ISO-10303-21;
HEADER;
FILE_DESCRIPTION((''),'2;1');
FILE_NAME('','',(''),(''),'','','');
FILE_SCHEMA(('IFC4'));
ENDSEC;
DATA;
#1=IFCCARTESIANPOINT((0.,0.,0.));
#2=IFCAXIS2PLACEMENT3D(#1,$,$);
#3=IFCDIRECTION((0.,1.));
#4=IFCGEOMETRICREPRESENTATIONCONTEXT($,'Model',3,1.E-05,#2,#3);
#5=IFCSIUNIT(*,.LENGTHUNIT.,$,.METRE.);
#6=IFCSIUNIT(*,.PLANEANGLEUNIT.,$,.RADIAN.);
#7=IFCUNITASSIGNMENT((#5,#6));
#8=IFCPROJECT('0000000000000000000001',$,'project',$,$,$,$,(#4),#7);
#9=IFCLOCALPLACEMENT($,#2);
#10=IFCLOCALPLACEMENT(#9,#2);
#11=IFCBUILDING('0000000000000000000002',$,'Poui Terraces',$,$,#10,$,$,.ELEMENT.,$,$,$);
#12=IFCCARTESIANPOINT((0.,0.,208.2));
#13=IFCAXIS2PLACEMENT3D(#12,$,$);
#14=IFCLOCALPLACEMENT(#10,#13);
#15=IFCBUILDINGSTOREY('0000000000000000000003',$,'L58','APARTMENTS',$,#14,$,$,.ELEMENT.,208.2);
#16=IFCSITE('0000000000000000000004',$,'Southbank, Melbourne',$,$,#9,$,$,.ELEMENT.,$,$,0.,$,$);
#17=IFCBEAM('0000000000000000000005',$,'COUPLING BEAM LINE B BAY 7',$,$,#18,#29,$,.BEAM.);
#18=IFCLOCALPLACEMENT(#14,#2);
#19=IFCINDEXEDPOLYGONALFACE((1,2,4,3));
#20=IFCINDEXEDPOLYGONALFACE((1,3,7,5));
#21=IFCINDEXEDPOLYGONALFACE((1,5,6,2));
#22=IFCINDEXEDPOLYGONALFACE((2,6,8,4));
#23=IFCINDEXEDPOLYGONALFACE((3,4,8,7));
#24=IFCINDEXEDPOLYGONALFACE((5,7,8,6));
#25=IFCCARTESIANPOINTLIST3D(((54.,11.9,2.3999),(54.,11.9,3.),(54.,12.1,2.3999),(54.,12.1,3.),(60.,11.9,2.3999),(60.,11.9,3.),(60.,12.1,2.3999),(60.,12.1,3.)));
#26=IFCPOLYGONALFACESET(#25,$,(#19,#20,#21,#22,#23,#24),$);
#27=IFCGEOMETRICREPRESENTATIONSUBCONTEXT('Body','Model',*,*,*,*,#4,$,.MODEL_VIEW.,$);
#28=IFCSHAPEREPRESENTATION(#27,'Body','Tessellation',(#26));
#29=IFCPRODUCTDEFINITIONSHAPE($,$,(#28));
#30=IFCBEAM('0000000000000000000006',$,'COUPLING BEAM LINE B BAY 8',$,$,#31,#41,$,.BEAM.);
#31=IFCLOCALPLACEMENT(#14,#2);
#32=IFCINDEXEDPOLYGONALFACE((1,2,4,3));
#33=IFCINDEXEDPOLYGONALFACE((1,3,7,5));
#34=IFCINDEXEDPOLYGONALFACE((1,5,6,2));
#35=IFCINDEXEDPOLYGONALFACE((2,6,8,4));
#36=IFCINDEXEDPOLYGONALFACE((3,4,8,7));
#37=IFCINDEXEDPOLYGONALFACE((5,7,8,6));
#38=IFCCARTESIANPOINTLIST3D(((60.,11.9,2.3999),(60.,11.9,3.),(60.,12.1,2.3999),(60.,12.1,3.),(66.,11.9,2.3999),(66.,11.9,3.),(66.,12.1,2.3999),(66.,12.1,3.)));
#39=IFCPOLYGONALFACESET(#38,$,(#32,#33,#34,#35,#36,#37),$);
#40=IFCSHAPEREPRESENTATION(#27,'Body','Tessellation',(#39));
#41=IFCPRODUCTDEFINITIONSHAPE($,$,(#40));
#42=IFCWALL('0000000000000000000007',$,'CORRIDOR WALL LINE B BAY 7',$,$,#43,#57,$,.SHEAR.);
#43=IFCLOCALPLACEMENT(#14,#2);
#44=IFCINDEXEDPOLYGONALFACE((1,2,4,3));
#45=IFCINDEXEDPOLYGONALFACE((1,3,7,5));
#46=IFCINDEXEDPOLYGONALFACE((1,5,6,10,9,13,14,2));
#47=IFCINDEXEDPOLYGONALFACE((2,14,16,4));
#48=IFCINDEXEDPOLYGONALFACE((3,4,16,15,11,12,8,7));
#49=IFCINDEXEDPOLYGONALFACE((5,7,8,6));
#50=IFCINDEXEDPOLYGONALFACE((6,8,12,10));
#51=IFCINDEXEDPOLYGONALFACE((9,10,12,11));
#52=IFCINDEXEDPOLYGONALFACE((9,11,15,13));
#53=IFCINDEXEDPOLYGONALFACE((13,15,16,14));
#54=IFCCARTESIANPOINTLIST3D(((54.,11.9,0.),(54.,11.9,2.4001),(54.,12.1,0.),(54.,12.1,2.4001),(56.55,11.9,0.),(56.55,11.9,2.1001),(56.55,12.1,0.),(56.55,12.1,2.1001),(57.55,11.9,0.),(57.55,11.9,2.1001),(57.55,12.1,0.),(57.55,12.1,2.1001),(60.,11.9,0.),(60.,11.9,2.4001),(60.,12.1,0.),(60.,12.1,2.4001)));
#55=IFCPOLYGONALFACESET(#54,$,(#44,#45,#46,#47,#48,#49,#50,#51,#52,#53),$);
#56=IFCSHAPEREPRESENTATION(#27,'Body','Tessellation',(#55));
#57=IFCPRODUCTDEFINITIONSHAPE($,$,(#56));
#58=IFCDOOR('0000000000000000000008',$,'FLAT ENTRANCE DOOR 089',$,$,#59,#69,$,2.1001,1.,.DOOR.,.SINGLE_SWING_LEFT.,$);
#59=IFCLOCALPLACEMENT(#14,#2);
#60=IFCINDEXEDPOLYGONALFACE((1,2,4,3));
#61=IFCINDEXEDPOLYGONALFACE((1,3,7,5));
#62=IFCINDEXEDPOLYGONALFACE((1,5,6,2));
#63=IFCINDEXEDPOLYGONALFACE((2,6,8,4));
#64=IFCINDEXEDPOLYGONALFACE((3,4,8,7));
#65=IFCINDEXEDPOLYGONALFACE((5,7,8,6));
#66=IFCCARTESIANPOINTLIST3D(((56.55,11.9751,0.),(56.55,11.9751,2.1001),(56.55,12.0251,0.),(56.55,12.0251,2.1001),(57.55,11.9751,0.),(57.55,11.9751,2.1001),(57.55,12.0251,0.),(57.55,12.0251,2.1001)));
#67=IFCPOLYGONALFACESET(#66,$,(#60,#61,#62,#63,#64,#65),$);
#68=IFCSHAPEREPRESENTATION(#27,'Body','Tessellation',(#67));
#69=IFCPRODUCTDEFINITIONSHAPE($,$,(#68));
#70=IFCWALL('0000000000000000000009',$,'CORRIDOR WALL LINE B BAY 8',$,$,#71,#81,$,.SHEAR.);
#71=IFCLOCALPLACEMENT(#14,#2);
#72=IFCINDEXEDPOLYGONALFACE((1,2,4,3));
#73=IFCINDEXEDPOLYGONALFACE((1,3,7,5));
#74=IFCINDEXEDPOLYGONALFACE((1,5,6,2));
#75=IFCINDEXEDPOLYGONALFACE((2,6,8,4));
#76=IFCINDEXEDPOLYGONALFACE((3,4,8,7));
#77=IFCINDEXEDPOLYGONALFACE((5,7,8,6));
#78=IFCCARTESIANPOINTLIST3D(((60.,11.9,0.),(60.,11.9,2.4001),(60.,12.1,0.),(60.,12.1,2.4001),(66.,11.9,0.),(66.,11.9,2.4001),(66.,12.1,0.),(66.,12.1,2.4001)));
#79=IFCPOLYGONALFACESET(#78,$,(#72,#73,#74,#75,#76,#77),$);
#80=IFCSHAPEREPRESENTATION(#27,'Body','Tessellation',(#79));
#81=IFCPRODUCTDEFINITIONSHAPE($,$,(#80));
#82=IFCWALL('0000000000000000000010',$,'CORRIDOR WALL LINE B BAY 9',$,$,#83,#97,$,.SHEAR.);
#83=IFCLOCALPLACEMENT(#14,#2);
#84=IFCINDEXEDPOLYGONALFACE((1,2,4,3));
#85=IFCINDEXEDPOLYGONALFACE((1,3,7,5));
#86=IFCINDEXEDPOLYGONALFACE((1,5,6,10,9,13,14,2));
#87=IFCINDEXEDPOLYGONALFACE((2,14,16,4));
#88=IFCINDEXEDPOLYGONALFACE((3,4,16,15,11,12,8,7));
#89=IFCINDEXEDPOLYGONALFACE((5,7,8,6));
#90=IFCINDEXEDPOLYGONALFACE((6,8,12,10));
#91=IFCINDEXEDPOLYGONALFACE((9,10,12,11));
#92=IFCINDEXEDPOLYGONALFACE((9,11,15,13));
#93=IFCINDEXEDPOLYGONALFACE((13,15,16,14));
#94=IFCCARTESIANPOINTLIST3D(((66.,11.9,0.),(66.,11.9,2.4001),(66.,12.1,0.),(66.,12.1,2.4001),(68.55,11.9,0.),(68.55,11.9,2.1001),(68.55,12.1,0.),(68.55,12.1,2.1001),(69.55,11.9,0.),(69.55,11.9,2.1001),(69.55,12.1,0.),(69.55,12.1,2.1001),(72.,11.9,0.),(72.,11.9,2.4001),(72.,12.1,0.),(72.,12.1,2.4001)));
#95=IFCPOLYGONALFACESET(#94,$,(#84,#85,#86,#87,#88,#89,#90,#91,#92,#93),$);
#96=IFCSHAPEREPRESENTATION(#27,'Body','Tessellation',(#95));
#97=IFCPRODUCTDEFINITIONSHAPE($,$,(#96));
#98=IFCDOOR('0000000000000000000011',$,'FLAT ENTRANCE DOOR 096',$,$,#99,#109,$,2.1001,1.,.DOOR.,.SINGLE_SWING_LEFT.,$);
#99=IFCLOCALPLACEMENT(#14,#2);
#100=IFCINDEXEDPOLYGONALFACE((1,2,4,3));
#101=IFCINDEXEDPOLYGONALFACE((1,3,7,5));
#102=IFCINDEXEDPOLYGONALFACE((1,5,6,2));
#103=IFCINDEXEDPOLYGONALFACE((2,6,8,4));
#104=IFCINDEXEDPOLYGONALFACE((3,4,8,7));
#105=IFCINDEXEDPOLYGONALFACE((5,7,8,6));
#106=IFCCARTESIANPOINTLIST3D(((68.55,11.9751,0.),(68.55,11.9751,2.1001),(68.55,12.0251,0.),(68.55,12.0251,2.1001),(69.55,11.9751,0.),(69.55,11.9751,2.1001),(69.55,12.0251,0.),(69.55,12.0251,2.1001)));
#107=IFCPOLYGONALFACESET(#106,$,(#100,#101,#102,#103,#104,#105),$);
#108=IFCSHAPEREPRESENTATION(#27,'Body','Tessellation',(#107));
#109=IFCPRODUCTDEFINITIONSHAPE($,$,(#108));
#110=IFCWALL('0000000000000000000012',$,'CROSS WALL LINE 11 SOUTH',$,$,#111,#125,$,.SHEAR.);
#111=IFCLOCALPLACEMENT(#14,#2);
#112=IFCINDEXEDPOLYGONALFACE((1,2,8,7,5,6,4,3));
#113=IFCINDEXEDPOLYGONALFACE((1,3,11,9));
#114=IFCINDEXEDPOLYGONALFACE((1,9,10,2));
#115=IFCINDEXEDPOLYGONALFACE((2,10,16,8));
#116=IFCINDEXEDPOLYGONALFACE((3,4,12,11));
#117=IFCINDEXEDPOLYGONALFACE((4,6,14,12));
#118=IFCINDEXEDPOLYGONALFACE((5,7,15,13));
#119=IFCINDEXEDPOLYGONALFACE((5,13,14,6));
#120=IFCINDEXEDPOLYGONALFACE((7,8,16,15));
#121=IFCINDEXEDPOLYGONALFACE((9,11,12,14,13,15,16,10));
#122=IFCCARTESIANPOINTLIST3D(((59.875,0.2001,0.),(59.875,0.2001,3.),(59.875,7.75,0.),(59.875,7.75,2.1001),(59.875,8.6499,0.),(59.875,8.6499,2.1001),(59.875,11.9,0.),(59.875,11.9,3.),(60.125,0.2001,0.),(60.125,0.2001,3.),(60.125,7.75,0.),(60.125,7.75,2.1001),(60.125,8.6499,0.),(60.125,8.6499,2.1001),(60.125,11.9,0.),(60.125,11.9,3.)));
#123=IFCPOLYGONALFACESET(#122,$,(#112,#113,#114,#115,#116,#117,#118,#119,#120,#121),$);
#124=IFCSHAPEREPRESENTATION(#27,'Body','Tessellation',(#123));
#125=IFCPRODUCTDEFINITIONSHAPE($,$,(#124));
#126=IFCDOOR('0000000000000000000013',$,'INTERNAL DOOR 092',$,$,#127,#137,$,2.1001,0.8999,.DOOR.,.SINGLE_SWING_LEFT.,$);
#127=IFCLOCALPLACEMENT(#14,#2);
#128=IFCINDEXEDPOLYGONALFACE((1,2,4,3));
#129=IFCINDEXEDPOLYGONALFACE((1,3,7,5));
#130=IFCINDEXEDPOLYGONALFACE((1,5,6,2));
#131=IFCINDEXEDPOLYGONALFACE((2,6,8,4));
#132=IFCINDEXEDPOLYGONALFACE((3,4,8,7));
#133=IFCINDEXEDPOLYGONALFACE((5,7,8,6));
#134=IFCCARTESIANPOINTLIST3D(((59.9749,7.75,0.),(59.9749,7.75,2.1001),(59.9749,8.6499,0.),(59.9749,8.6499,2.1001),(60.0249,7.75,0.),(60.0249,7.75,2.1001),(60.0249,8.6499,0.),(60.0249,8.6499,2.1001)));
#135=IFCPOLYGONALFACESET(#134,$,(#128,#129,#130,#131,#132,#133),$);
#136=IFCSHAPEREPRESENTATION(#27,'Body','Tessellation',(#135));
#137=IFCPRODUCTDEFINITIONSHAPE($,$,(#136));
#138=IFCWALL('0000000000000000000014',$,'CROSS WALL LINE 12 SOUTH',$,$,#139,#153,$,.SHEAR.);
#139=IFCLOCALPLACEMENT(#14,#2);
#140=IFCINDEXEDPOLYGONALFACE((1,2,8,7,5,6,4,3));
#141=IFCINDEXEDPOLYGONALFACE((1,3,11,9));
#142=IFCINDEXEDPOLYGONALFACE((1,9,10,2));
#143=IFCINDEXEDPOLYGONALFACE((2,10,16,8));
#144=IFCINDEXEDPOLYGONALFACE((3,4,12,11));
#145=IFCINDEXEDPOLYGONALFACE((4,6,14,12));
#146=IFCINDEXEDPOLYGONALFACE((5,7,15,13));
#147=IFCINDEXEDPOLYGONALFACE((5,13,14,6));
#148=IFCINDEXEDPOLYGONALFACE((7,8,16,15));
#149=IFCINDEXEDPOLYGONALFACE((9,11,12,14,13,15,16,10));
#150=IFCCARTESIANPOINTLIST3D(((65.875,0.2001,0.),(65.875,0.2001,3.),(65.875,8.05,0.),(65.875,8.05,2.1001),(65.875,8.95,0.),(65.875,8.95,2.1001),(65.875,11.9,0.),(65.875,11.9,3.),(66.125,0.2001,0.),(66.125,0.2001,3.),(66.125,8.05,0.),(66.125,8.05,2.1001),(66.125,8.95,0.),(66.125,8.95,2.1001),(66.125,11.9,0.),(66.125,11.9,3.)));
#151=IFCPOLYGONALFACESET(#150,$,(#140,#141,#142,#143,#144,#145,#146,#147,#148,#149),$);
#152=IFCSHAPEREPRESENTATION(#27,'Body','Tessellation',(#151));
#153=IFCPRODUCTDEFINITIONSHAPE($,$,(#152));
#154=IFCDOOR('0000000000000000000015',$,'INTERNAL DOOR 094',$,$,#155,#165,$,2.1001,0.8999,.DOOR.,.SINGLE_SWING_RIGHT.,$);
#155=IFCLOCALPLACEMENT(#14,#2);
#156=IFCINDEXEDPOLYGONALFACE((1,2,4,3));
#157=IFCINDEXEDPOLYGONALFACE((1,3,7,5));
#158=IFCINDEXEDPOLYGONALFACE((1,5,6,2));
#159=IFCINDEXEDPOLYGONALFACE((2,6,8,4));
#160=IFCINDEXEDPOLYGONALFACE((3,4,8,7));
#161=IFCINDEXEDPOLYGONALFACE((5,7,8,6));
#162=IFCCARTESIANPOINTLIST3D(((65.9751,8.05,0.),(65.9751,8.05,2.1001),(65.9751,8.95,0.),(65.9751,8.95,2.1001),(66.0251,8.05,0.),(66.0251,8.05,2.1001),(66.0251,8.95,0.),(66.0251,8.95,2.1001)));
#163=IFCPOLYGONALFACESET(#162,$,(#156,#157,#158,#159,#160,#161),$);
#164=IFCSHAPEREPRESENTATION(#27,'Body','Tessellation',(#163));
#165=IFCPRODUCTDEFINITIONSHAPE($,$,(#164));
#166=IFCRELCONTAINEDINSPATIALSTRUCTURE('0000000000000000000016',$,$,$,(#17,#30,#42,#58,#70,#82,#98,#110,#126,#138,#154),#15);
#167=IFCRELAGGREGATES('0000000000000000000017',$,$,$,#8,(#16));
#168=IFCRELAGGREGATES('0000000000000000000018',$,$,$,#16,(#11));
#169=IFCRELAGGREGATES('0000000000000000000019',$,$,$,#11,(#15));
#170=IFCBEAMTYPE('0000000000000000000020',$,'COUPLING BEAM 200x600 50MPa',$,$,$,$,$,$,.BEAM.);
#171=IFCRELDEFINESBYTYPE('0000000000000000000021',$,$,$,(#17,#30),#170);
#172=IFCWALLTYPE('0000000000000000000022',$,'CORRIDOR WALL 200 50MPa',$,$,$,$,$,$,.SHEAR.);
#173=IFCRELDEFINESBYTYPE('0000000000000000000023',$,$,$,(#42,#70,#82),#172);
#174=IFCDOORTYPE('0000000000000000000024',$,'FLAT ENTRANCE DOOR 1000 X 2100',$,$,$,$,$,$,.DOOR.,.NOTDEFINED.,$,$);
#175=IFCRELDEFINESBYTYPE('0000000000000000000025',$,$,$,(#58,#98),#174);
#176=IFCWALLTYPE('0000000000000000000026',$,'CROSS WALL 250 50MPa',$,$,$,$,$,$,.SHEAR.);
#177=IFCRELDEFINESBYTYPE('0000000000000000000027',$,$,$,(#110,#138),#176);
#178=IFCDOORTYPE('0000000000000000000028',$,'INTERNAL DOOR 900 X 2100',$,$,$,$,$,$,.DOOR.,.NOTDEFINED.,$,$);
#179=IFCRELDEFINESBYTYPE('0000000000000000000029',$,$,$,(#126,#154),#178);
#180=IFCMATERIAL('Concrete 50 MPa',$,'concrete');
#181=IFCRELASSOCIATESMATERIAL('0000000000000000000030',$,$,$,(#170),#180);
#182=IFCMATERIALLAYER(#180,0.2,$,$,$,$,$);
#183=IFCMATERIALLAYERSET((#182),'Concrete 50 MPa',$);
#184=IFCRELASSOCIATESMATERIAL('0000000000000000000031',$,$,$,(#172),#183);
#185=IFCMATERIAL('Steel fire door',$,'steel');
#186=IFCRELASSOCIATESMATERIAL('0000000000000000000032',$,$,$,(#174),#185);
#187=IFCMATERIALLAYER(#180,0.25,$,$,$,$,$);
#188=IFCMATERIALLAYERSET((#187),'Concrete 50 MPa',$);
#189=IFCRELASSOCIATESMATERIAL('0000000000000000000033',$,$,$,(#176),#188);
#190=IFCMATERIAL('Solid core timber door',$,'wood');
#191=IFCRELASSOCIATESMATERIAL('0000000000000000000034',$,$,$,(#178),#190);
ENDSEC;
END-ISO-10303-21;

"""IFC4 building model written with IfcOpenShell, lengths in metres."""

from ifc_helpers import new_model, si_unit, direction, frame, frame_2d, origin, origin_2d, place, context, subcontext, project, spatial, rectangle, extrude, source, transform, mapped, material, layer, layer_set, material_profile, profile_set, type_object, element, fill, save


model = new_model("IFC4")

# Units and contexts
model_context = context("Model", 3, precision=1e-05, world=origin(), true_north=direction((0.0, 1.0)))
body_context = subcontext(model_context, "Body", "Model", "MODEL_VIEW")
ifc_project = project(units=[si_unit("LENGTHUNIT", "METRE"), si_unit("PLANEANGLEUNIT", "RADIAN")], contexts=[model_context])

# Site, building, storey
site_placement = place(None, origin())
site = spatial("IfcSite", under=ifc_project, at=site_placement, Name="Southbank, Melbourne", CompositionType="ELEMENT", RefElevation=0.0)
building_placement = place(site_placement, origin())
building = spatial("IfcBuilding", under=site, at=building_placement, Name="Poui Terraces", CompositionType="ELEMENT")
storey_placement = place(building_placement, frame((0.0, 0.0, 208.2)))
storey = spatial("IfcBuildingStorey", under=building, at=storey_placement, Name="L58", Description="APARTMENTS", CompositionType="ELEMENT", Elevation=208.2)

# Beams
ifc_material_1 = material(Name="Concrete 50 MPa", Category="concrete")
ifc_material_profile = material_profile(ifc_material_1, rectangle(XDim=0.2, YDim=0.6001, at=origin_2d()), Name="RC 200x600")
ifc_profile_set = profile_set([ifc_material_profile], Name="Concrete 50 MPa")
beam_type = type_object("IfcBeamType", Name="COUPLING BEAM 200x600 50MPa", PredefinedType="BEAM", material=ifc_profile_set)
shared_shape = source(origin(), body_context, "Body", "SweptSolid", [
    extrude(rectangle(XDim=0.2, YDim=0.6001, at=origin_2d()), origin(), (0.0, 0.0, 1.0), 6.0),
])
for number, where, z_axis, x_axis, name in (
    (1, (54.0, 12.0, 2.7), (1.0, 0.0, 0.0), (0.0, 1.0, 0.0), "COUPLING BEAM LINE B BAY 7"),
    (2, (60.0, 12.0, 2.7), (1.0, 0.0, 0.0), (0.0, 1.0, 0.0), "COUPLING BEAM LINE B BAY 8"),
):
    element("IfcBeam", number, at=place(storey_placement, frame(where, z_axis=z_axis, x_axis=x_axis)), inside=storey, type_object=beam_type, Name=name, PredefinedType="BEAM", context=body_context, shape_type="MappedRepresentation", body=[
        mapped(shared_shape, transform((0.0, 0.0, 0.0))),
    ])

# Wall, opening, door
ifc_layer_1 = layer(ifc_material_1, 0.2)
ifc_layer_set_1 = layer_set([ifc_layer_1], Name="Concrete 50 MPa")
wall_type_1 = type_object("IfcWallType", Name="CORRIDOR WALL 200 50MPa", PredefinedType="SHEAR", material=ifc_layer_set_1)
wall_1_placement = place(storey_placement, frame((54.0, 12.0, 0.0), z_axis=(0.0, 0.0, 1.0), x_axis=(1.0, 0.0, 0.0)))
wall_1 = element("IfcWall", 3, at=wall_1_placement, inside=storey, type_object=wall_type_1, Name="CORRIDOR WALL LINE B BAY 7", PredefinedType="SHEAR", context=body_context, shape_type="SweptSolid", body=[
    extrude(rectangle(XDim=6.0, YDim=0.2, at=frame_2d((3.0, 0.0))), origin(), (0.0, 0.0, 1.0), 2.4001),
])
opening_1_placement = place(wall_1_placement, frame((2.55, 0.0, 0.0)))
opening_1 = element("IfcOpeningElement", 4, at=opening_1_placement, cuts=wall_1, PredefinedType="OPENING", context=body_context, shape_type="SweptSolid", body=[
    extrude(rectangle(XDim=1.0, YDim=2.1001, at=frame_2d((0.5, 1.05))), frame((0.0, 0.1099, 0.0), z_axis=(0.0, -1.0, 0.0), x_axis=(1.0, 0.0, 0.0)), (0.0, 0.0, 1.0), 0.22),
])
ifc_material_2 = material(Name="Steel fire door", Category="steel")
door_type_1 = type_object("IfcDoorType", Name="FLAT ENTRANCE DOOR 1000 X 2100", OperationType="NOTDEFINED", PredefinedType="DOOR", material=ifc_material_2)
door_1_placement = place(opening_1_placement, frame((1.0, 0.0, 0.0), z_axis=(0.0, 0.0, 1.0), x_axis=(-1.0, 0.0, 0.0)))
door_1 = element("IfcDoor", 5, at=door_1_placement, inside=storey, type_object=door_type_1, Name="FLAT ENTRANCE DOOR 089", OperationType="SINGLE_SWING_LEFT", OverallHeight=2.1001, OverallWidth=1.0, PredefinedType="DOOR", context=body_context, shape_type="SweptSolid", body=[
    extrude(rectangle(XDim=1.0, YDim=2.1001, at=frame_2d((0.5, 1.05))), frame((0.0, 0.0249, 0.0), z_axis=(0.0, -1.0, 0.0), x_axis=(1.0, 0.0, 0.0)), (0.0, 0.0, 1.0), 0.05),
])
fill(opening_1, door_1)

# Wall
wall_2_placement = place(storey_placement, frame((60.0, 12.0, 0.0), z_axis=(0.0, 0.0, 1.0), x_axis=(1.0, 0.0, 0.0)))
element("IfcWall", 6, at=wall_2_placement, inside=storey, type_object=wall_type_1, Name="CORRIDOR WALL LINE B BAY 8", PredefinedType="SHEAR", context=body_context, shape_type="SweptSolid", body=[
    extrude(rectangle(XDim=6.0, YDim=0.2, at=frame_2d((3.0, 0.0))), origin(), (0.0, 0.0, 1.0), 2.4001),
])

# Walls, openings, doors
wall_3_placement = place(storey_placement, frame((66.0, 12.0, 0.0), z_axis=(0.0, 0.0, 1.0), x_axis=(1.0, 0.0, 0.0)))
wall_3 = element("IfcWall", 7, at=wall_3_placement, inside=storey, type_object=wall_type_1, Name="CORRIDOR WALL LINE B BAY 9", PredefinedType="SHEAR", context=body_context, shape_type="SweptSolid", body=[
    extrude(rectangle(XDim=6.0, YDim=0.2, at=frame_2d((3.0, 0.0))), origin(), (0.0, 0.0, 1.0), 2.4001),
])
opening_2_placement = place(wall_3_placement, frame((2.55, 0.0, 0.0)))
opening_2 = element("IfcOpeningElement", 8, at=opening_2_placement, cuts=wall_3, PredefinedType="OPENING", context=body_context, shape_type="SweptSolid", body=[
    extrude(rectangle(XDim=1.0, YDim=2.1001, at=frame_2d((0.5, 1.05))), frame((0.0, 0.1099, 0.0), z_axis=(0.0, -1.0, 0.0), x_axis=(1.0, 0.0, 0.0)), (0.0, 0.0, 1.0), 0.22),
])
door_2_placement = place(opening_2_placement, frame((1.0, 0.0, 0.0), z_axis=(0.0, 0.0, 1.0), x_axis=(-1.0, 0.0, 0.0)))
door_2 = element("IfcDoor", 9, at=door_2_placement, inside=storey, type_object=door_type_1, Name="FLAT ENTRANCE DOOR 096", OperationType="SINGLE_SWING_LEFT", OverallHeight=2.1001, OverallWidth=1.0, PredefinedType="DOOR", context=body_context, shape_type="SweptSolid", body=[
    extrude(rectangle(XDim=1.0, YDim=2.1001, at=frame_2d((0.5, 1.05))), frame((0.0, 0.0249, 0.0), z_axis=(0.0, -1.0, 0.0), x_axis=(1.0, 0.0, 0.0)), (0.0, 0.0, 1.0), 0.05),
])
fill(opening_2, door_2)
ifc_layer_2 = layer(ifc_material_1, 0.25)
ifc_layer_set_2 = layer_set([ifc_layer_2], Name="Concrete 50 MPa")
wall_type_2 = type_object("IfcWallType", Name="CROSS WALL 250 50MPa", PredefinedType="SHEAR", material=ifc_layer_set_2)
wall_4_placement = place(storey_placement, frame((60.0, 0.2, 0.0), z_axis=(0.0, 0.0, 1.0), x_axis=(0.0, 1.0, 0.0)))
wall_4 = element("IfcWall", 10, at=wall_4_placement, inside=storey, type_object=wall_type_2, Name="CROSS WALL LINE 11 SOUTH", PredefinedType="SHEAR", context=body_context, shape_type="SweptSolid", body=[
    extrude(rectangle(XDim=11.7, YDim=0.25, at=frame_2d((5.8501, 0.0))), origin(), (0.0, 0.0, 1.0), 3.0),
])
opening_3_placement = place(wall_4_placement, frame((7.55, 0.0, 0.0)))
opening_3 = element("IfcOpeningElement", 11, at=opening_3_placement, cuts=wall_4, PredefinedType="OPENING", context=body_context, shape_type="SweptSolid", body=[
    extrude(rectangle(XDim=0.8999, YDim=2.1001, at=frame_2d((0.45, 1.05))), frame((0.0, 0.135, 0.0), z_axis=(0.0, -1.0, 0.0), x_axis=(1.0, 0.0, 0.0)), (0.0, 0.0, 1.0), 0.27),
])
ifc_material_3 = material(Name="Solid core timber door", Category="wood")
door_type_2 = type_object("IfcDoorType", Name="INTERNAL DOOR 900 X 2100", OperationType="NOTDEFINED", PredefinedType="DOOR", material=ifc_material_3)
door_3_placement = place(opening_3_placement, frame((0.8999, 0.0, 0.0), z_axis=(0.0, 0.0, 1.0), x_axis=(-1.0, 0.0, 0.0)))
door_3 = element("IfcDoor", 12, at=door_3_placement, inside=storey, type_object=door_type_2, Name="INTERNAL DOOR 092", OperationType="SINGLE_SWING_LEFT", OverallHeight=2.1001, OverallWidth=0.8999, PredefinedType="DOOR", context=body_context, shape_type="SweptSolid", body=[
    extrude(rectangle(XDim=0.8999, YDim=2.1001, at=frame_2d((0.45, 1.05))), frame((0.0, 0.0249, 0.0), z_axis=(0.0, -1.0, 0.0), x_axis=(1.0, 0.0, 0.0)), (0.0, 0.0, 1.0), 0.05),
])
fill(opening_3, door_3)
wall_5_placement = place(storey_placement, frame((66.0, 0.2, 0.0), z_axis=(0.0, 0.0, 1.0), x_axis=(0.0, 1.0, 0.0)))
wall_5 = element("IfcWall", 13, at=wall_5_placement, inside=storey, type_object=wall_type_2, Name="CROSS WALL LINE 12 SOUTH", PredefinedType="SHEAR", context=body_context, shape_type="SweptSolid", body=[
    extrude(rectangle(XDim=11.7, YDim=0.25, at=frame_2d((5.8501, 0.0))), origin(), (0.0, 0.0, 1.0), 3.0),
])
opening_4_placement = place(wall_5_placement, frame((7.8501, 0.0, 0.0)))
opening_4 = element("IfcOpeningElement", 14, at=opening_4_placement, cuts=wall_5, PredefinedType="OPENING", context=body_context, shape_type="SweptSolid", body=[
    extrude(rectangle(XDim=0.8999, YDim=2.1001, at=frame_2d((0.45, 1.05))), frame((0.0, 0.135, 0.0), z_axis=(0.0, -1.0, 0.0), x_axis=(1.0, 0.0, 0.0)), (0.0, 0.0, 1.0), 0.27),
])
door_4_placement = place(opening_4_placement, origin())
door_4 = element("IfcDoor", 15, at=door_4_placement, inside=storey, type_object=door_type_2, Name="INTERNAL DOOR 094", OperationType="SINGLE_SWING_RIGHT", OverallHeight=2.1001, OverallWidth=0.8999, PredefinedType="DOOR", context=body_context, shape_type="SweptSolid", body=[
    extrude(rectangle(XDim=0.8999, YDim=2.1001, at=frame_2d((0.45, 1.05))), frame((0.0, 0.0249, 0.0), z_axis=(0.0, -1.0, 0.0), x_axis=(1.0, 0.0, 0.0)), (0.0, 0.0, 1.0), 0.05),
])
fill(opening_4, door_4)

save(model, "model.ifc")
